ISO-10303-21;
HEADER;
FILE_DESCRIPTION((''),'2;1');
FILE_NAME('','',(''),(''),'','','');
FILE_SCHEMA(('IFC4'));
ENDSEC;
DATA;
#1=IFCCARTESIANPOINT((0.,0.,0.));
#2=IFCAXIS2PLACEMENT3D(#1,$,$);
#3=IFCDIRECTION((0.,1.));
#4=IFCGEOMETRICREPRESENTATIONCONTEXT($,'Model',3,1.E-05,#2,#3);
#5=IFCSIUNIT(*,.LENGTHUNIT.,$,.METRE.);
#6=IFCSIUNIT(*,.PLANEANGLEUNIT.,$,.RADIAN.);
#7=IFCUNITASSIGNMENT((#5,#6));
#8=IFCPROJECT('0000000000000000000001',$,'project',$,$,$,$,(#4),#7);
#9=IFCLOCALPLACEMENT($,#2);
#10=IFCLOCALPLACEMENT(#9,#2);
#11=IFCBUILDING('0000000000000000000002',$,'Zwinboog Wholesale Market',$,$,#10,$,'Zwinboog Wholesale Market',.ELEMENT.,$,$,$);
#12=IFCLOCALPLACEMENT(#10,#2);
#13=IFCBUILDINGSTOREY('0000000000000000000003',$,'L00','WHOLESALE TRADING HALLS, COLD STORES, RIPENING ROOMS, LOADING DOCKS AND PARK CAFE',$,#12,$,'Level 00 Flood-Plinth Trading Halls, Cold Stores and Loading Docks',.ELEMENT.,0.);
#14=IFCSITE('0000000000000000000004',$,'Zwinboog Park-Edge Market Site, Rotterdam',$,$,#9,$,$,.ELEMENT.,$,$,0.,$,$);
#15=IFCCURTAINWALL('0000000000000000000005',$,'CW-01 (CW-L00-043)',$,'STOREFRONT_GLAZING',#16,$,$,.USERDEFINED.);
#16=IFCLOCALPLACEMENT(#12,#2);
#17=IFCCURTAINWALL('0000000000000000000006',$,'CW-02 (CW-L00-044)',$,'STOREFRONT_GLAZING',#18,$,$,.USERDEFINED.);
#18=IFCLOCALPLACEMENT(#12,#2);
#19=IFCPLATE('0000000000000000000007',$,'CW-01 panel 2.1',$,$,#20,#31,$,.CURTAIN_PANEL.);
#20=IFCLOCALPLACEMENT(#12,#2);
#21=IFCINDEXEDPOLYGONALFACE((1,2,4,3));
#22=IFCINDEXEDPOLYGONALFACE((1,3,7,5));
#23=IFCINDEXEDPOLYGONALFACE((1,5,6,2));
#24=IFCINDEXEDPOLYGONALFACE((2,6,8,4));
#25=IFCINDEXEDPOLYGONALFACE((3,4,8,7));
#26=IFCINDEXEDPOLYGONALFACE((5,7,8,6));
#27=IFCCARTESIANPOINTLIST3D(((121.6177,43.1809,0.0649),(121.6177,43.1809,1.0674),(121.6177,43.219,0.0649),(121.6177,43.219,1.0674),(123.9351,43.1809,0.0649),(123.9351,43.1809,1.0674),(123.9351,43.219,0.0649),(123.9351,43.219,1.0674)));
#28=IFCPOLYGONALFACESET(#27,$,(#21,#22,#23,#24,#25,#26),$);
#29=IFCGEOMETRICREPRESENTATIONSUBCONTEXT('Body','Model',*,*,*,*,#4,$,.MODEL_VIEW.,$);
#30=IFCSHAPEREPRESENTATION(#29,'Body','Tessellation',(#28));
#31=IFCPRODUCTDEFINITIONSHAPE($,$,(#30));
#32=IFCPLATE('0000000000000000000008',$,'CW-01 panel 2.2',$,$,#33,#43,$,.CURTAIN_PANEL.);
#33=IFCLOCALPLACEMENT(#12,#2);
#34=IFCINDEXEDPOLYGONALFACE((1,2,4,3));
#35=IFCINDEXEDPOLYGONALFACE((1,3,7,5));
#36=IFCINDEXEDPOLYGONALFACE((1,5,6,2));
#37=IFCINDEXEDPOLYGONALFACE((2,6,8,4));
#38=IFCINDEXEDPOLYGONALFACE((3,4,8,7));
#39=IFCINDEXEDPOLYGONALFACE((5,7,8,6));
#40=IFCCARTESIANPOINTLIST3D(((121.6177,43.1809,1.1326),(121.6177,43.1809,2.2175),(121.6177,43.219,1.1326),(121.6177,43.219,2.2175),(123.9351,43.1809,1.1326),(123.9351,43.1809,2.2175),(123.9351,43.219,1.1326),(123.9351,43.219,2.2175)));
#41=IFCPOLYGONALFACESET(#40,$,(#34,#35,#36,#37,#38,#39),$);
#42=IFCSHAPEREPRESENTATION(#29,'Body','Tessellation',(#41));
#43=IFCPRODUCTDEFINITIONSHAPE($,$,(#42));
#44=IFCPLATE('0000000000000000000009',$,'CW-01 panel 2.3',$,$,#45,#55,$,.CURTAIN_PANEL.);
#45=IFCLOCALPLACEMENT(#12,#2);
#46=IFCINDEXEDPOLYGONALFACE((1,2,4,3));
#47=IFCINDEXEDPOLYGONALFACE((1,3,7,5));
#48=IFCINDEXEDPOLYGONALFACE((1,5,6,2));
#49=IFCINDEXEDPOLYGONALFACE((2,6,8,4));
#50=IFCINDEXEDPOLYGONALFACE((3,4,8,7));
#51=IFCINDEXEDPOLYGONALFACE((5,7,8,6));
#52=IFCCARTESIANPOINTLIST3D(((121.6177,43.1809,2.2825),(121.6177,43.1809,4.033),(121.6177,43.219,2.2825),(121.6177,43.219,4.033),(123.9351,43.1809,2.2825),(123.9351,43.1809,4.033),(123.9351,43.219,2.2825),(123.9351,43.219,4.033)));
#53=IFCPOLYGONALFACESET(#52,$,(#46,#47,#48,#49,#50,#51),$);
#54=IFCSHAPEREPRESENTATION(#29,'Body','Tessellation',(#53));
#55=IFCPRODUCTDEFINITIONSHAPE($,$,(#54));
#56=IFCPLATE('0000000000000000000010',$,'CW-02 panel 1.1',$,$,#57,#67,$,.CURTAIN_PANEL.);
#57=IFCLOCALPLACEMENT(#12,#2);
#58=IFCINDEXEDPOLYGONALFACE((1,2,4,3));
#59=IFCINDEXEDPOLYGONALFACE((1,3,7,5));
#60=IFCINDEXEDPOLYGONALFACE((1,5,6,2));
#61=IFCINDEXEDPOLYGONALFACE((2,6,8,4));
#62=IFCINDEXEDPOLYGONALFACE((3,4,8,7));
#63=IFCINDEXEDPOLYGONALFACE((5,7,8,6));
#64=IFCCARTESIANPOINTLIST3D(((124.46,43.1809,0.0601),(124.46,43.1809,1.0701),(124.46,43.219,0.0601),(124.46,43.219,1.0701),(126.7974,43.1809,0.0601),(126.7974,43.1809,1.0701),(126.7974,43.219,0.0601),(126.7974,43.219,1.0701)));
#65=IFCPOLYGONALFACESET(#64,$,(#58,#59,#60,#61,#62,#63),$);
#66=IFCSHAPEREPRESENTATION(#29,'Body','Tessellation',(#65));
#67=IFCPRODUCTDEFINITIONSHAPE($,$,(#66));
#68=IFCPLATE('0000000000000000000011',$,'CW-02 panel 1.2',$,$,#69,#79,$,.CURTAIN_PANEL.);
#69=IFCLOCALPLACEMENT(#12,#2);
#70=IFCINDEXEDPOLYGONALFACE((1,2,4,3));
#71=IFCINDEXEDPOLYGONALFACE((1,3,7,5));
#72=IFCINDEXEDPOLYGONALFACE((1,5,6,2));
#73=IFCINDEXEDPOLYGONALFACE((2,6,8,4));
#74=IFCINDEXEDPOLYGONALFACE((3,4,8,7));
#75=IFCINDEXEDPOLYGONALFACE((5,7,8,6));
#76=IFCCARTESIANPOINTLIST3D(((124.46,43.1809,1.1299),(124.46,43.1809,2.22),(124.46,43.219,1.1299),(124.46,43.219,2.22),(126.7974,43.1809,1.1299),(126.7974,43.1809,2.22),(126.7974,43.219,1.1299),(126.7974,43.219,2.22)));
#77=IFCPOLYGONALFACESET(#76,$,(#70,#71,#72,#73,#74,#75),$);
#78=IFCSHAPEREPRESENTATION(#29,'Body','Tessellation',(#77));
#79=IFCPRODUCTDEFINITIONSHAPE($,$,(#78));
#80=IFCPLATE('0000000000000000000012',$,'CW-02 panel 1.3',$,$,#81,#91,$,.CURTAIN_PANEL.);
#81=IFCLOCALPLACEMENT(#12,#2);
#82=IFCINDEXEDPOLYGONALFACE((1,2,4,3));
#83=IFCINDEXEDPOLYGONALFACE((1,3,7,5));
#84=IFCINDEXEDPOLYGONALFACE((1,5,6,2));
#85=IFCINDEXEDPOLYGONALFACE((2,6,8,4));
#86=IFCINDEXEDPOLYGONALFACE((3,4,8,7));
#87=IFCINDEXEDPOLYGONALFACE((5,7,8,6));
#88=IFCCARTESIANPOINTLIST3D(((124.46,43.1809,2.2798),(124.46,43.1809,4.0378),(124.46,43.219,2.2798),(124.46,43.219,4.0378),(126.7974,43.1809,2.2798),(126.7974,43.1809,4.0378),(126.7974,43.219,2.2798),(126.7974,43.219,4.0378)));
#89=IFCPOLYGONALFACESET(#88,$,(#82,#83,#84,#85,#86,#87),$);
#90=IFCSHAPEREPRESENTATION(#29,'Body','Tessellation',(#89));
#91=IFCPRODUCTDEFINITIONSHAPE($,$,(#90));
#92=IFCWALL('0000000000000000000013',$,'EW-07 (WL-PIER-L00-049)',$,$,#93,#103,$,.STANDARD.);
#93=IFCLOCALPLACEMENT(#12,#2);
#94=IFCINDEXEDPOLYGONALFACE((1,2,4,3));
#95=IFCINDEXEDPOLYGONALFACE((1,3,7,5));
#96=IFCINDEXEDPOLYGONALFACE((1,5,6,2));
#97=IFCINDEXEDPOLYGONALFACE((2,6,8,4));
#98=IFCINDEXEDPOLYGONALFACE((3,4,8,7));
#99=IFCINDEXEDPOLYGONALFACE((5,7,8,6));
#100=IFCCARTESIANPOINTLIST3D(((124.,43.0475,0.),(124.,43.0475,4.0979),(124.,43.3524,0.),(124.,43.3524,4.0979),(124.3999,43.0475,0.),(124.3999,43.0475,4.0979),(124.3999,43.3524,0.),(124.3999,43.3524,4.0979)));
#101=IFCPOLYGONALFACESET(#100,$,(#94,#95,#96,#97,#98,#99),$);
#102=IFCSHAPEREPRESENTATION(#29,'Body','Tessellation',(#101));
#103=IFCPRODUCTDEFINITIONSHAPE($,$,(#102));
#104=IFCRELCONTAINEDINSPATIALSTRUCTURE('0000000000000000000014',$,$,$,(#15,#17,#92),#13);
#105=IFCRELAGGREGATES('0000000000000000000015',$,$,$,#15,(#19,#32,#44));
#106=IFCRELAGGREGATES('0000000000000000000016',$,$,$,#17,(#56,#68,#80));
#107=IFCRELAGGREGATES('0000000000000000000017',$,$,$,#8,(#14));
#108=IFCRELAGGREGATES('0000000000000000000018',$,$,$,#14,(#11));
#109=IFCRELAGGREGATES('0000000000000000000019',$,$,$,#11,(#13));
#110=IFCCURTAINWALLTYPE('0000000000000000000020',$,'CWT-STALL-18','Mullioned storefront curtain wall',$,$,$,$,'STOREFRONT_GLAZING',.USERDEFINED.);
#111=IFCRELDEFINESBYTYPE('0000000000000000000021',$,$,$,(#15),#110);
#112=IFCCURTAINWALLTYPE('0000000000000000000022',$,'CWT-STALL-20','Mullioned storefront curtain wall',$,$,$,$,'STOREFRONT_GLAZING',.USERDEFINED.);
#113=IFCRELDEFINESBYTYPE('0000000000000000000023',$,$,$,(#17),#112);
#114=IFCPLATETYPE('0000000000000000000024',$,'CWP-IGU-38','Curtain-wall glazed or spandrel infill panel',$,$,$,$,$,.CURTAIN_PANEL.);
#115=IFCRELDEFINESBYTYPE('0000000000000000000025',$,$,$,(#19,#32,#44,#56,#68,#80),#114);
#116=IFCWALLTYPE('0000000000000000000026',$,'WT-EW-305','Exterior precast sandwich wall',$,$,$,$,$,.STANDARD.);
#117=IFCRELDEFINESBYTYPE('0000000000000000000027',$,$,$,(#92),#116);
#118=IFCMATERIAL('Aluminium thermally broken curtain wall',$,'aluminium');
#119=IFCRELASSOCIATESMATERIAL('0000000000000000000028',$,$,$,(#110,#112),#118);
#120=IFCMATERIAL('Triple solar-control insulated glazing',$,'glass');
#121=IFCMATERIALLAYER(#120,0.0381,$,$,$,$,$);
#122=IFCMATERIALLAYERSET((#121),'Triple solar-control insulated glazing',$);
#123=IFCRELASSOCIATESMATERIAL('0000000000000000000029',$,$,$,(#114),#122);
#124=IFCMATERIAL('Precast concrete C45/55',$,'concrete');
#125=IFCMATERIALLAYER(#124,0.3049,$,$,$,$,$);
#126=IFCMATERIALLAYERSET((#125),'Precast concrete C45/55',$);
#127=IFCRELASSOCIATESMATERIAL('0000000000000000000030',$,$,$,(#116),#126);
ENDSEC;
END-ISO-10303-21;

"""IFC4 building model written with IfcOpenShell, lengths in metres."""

from ifc_helpers import new_model, si_unit, direction, frame, frame_2d, origin, origin_2d, place, context, subcontext, project, spatial, rectangle, extrude, material, layer, layer_set, type_object, element, aggregate, save


model = new_model("IFC4")

# Units and contexts
model_context = context("Model", 3, precision=1e-05, world=origin(), true_north=direction((0.0, 1.0)))
body_context = subcontext(model_context, "Body", "Model", "MODEL_VIEW")
ifc_project = project(units=[si_unit("LENGTHUNIT", "METRE"), si_unit("PLANEANGLEUNIT", "RADIAN")], contexts=[model_context])

# Site, building, storey
site_placement = place(None, origin())
site = spatial("IfcSite", under=ifc_project, at=site_placement, Name="Zwinboog Park-Edge Market Site, Rotterdam", CompositionType="ELEMENT", RefElevation=0.0)
building_placement = place(site_placement, origin())
building = spatial("IfcBuilding", under=site, at=building_placement, Name="Zwinboog Wholesale Market", LongName="Zwinboog Wholesale Market", CompositionType="ELEMENT")
storey_placement = place(building_placement, origin())
storey = spatial("IfcBuildingStorey", under=building, at=storey_placement, Name="L00", Description="WHOLESALE TRADING HALLS, COLD STORES, RIPENING ROOMS, LOADING DOCKS AND PARK CAFE", LongName="Level 00 Flood-Plinth Trading Halls, Cold Stores and Loading Docks", CompositionType="ELEMENT", Elevation=0.0)

# Curtain wall
ifc_material_1 = material(Name="Aluminium thermally broken curtain wall", Category="aluminium")
curtain_wall_type_1 = type_object("IfcCurtainWallType", Name="CWT-STALL-18", Description="Mullioned storefront curtain wall", ElementType="STOREFRONT_GLAZING", PredefinedType="USERDEFINED", material=ifc_material_1)
curtain_wall_1_placement = place(storey_placement, origin())
curtain_wall_1 = element("IfcCurtainWall", 1, at=curtain_wall_1_placement, inside=storey, type_object=curtain_wall_type_1, Name="CW-01 (CW-L00-043)", ObjectType="STOREFRONT_GLAZING", PredefinedType="USERDEFINED")

# Curtain wall
curtain_wall_type_2 = type_object("IfcCurtainWallType", Name="CWT-STALL-20", Description="Mullioned storefront curtain wall", ElementType="STOREFRONT_GLAZING", PredefinedType="USERDEFINED", material=ifc_material_1)
curtain_wall_2_placement = place(storey_placement, origin())
curtain_wall_2 = element("IfcCurtainWall", 2, at=curtain_wall_2_placement, inside=storey, type_object=curtain_wall_type_2, Name="CW-02 (CW-L00-044)", ObjectType="STOREFRONT_GLAZING", PredefinedType="USERDEFINED")

# Plates
ifc_material_2 = material(Name="Triple solar-control insulated glazing", Category="glass")
ifc_layer_1 = layer(ifc_material_2, 0.0381)
ifc_layer_set_1 = layer_set([ifc_layer_1], Name="Triple solar-control insulated glazing")
plate_type = type_object("IfcPlateType", Name="CWP-IGU-38", Description="Curtain-wall glazed or spandrel infill panel", PredefinedType="CURTAIN_PANEL", material=ifc_layer_set_1)
plate_1_placement = place(storey_placement, frame((122.7764, 43.2, 0.0649), z_axis=(0.0, 0.0, 1.0), x_axis=(1.0, 0.0, 0.0)))
plate_1 = element("IfcPlate", 3, at=plate_1_placement, type_object=plate_type, Name="CW-01 panel 2.1", PredefinedType="CURTAIN_PANEL", context=body_context, shape_type="SweptSolid", body=[
    extrude(rectangle(XDim=2.3174, YDim=0.0381, at=origin_2d()), origin(), (0.0, 0.0, 1.0), 1.0024),
])
plate_2_placement = place(storey_placement, frame((122.7764, 43.2, 1.1326), z_axis=(0.0, 0.0, 1.0), x_axis=(1.0, 0.0, 0.0)))
plate_2 = element("IfcPlate", 4, at=plate_2_placement, type_object=plate_type, Name="CW-01 panel 2.2", PredefinedType="CURTAIN_PANEL", context=body_context, shape_type="SweptSolid", body=[
    extrude(rectangle(XDim=2.3174, YDim=0.0381, at=origin_2d()), origin(), (0.0, 0.0, 1.0), 1.085),
])
plate_3_placement = place(storey_placement, frame((122.7764, 43.2, 2.2825), z_axis=(0.0, 0.0, 1.0), x_axis=(1.0, 0.0, 0.0)))
plate_3 = element("IfcPlate", 5, at=plate_3_placement, type_object=plate_type, Name="CW-01 panel 2.3", PredefinedType="CURTAIN_PANEL", context=body_context, shape_type="SweptSolid", body=[
    extrude(rectangle(XDim=2.3174, YDim=0.0381, at=origin_2d()), origin(), (0.0, 0.0, 1.0), 1.7505),
])
aggregate(curtain_wall_1, [plate_1, plate_2, plate_3])
plate_4_placement = place(storey_placement, frame((125.6287, 43.2, 0.0601), z_axis=(0.0, 0.0, 1.0), x_axis=(1.0, 0.0, 0.0)))
plate_4 = element("IfcPlate", 6, at=plate_4_placement, type_object=plate_type, Name="CW-02 panel 1.1", PredefinedType="CURTAIN_PANEL", context=body_context, shape_type="SweptSolid", body=[
    extrude(rectangle(XDim=2.3374, YDim=0.0381, at=origin_2d()), origin(), (0.0, 0.0, 1.0), 1.01),
])
plate_5_placement = place(storey_placement, frame((125.6287, 43.2, 1.1299), z_axis=(0.0, 0.0, 1.0), x_axis=(1.0, 0.0, 0.0)))
plate_5 = element("IfcPlate", 7, at=plate_5_placement, type_object=plate_type, Name="CW-02 panel 1.2", PredefinedType="CURTAIN_PANEL", context=body_context, shape_type="SweptSolid", body=[
    extrude(rectangle(XDim=2.3374, YDim=0.0381, at=origin_2d()), origin(), (0.0, 0.0, 1.0), 1.0901),
])
plate_6_placement = place(storey_placement, frame((125.6287, 43.2, 2.2798), z_axis=(0.0, 0.0, 1.0), x_axis=(1.0, 0.0, 0.0)))
plate_6 = element("IfcPlate", 8, at=plate_6_placement, type_object=plate_type, Name="CW-02 panel 1.3", PredefinedType="CURTAIN_PANEL", context=body_context, shape_type="SweptSolid", body=[
    extrude(rectangle(XDim=2.3374, YDim=0.0381, at=origin_2d()), origin(), (0.0, 0.0, 1.0), 1.7581),
])
aggregate(curtain_wall_2, [plate_4, plate_5, plate_6])

# Wall
ifc_material_3 = material(Name="Precast concrete C45/55", Category="concrete")
ifc_layer_2 = layer(ifc_material_3, 0.3049)
ifc_layer_set_2 = layer_set([ifc_layer_2], Name="Precast concrete C45/55")
wall_type = type_object("IfcWallType", Name="WT-EW-305", Description="Exterior precast sandwich wall", PredefinedType="STANDARD", material=ifc_layer_set_2)
wall_placement = place(storey_placement, frame((124.0, 43.2, 0.0), z_axis=(0.0, 0.0, 1.0), x_axis=(1.0, 0.0, 0.0)))
element("IfcWall", 9, at=wall_placement, inside=storey, type_object=wall_type, Name="EW-07 (WL-PIER-L00-049)", PredefinedType="STANDARD", context=body_context, shape_type="SweptSolid", body=[
    extrude(rectangle(XDim=0.3999, YDim=0.3049, at=frame_2d((0.2, 0.0))), origin(), (0.0, 0.0, 1.0), 4.0979),
])

save(model, "model.ifc")
